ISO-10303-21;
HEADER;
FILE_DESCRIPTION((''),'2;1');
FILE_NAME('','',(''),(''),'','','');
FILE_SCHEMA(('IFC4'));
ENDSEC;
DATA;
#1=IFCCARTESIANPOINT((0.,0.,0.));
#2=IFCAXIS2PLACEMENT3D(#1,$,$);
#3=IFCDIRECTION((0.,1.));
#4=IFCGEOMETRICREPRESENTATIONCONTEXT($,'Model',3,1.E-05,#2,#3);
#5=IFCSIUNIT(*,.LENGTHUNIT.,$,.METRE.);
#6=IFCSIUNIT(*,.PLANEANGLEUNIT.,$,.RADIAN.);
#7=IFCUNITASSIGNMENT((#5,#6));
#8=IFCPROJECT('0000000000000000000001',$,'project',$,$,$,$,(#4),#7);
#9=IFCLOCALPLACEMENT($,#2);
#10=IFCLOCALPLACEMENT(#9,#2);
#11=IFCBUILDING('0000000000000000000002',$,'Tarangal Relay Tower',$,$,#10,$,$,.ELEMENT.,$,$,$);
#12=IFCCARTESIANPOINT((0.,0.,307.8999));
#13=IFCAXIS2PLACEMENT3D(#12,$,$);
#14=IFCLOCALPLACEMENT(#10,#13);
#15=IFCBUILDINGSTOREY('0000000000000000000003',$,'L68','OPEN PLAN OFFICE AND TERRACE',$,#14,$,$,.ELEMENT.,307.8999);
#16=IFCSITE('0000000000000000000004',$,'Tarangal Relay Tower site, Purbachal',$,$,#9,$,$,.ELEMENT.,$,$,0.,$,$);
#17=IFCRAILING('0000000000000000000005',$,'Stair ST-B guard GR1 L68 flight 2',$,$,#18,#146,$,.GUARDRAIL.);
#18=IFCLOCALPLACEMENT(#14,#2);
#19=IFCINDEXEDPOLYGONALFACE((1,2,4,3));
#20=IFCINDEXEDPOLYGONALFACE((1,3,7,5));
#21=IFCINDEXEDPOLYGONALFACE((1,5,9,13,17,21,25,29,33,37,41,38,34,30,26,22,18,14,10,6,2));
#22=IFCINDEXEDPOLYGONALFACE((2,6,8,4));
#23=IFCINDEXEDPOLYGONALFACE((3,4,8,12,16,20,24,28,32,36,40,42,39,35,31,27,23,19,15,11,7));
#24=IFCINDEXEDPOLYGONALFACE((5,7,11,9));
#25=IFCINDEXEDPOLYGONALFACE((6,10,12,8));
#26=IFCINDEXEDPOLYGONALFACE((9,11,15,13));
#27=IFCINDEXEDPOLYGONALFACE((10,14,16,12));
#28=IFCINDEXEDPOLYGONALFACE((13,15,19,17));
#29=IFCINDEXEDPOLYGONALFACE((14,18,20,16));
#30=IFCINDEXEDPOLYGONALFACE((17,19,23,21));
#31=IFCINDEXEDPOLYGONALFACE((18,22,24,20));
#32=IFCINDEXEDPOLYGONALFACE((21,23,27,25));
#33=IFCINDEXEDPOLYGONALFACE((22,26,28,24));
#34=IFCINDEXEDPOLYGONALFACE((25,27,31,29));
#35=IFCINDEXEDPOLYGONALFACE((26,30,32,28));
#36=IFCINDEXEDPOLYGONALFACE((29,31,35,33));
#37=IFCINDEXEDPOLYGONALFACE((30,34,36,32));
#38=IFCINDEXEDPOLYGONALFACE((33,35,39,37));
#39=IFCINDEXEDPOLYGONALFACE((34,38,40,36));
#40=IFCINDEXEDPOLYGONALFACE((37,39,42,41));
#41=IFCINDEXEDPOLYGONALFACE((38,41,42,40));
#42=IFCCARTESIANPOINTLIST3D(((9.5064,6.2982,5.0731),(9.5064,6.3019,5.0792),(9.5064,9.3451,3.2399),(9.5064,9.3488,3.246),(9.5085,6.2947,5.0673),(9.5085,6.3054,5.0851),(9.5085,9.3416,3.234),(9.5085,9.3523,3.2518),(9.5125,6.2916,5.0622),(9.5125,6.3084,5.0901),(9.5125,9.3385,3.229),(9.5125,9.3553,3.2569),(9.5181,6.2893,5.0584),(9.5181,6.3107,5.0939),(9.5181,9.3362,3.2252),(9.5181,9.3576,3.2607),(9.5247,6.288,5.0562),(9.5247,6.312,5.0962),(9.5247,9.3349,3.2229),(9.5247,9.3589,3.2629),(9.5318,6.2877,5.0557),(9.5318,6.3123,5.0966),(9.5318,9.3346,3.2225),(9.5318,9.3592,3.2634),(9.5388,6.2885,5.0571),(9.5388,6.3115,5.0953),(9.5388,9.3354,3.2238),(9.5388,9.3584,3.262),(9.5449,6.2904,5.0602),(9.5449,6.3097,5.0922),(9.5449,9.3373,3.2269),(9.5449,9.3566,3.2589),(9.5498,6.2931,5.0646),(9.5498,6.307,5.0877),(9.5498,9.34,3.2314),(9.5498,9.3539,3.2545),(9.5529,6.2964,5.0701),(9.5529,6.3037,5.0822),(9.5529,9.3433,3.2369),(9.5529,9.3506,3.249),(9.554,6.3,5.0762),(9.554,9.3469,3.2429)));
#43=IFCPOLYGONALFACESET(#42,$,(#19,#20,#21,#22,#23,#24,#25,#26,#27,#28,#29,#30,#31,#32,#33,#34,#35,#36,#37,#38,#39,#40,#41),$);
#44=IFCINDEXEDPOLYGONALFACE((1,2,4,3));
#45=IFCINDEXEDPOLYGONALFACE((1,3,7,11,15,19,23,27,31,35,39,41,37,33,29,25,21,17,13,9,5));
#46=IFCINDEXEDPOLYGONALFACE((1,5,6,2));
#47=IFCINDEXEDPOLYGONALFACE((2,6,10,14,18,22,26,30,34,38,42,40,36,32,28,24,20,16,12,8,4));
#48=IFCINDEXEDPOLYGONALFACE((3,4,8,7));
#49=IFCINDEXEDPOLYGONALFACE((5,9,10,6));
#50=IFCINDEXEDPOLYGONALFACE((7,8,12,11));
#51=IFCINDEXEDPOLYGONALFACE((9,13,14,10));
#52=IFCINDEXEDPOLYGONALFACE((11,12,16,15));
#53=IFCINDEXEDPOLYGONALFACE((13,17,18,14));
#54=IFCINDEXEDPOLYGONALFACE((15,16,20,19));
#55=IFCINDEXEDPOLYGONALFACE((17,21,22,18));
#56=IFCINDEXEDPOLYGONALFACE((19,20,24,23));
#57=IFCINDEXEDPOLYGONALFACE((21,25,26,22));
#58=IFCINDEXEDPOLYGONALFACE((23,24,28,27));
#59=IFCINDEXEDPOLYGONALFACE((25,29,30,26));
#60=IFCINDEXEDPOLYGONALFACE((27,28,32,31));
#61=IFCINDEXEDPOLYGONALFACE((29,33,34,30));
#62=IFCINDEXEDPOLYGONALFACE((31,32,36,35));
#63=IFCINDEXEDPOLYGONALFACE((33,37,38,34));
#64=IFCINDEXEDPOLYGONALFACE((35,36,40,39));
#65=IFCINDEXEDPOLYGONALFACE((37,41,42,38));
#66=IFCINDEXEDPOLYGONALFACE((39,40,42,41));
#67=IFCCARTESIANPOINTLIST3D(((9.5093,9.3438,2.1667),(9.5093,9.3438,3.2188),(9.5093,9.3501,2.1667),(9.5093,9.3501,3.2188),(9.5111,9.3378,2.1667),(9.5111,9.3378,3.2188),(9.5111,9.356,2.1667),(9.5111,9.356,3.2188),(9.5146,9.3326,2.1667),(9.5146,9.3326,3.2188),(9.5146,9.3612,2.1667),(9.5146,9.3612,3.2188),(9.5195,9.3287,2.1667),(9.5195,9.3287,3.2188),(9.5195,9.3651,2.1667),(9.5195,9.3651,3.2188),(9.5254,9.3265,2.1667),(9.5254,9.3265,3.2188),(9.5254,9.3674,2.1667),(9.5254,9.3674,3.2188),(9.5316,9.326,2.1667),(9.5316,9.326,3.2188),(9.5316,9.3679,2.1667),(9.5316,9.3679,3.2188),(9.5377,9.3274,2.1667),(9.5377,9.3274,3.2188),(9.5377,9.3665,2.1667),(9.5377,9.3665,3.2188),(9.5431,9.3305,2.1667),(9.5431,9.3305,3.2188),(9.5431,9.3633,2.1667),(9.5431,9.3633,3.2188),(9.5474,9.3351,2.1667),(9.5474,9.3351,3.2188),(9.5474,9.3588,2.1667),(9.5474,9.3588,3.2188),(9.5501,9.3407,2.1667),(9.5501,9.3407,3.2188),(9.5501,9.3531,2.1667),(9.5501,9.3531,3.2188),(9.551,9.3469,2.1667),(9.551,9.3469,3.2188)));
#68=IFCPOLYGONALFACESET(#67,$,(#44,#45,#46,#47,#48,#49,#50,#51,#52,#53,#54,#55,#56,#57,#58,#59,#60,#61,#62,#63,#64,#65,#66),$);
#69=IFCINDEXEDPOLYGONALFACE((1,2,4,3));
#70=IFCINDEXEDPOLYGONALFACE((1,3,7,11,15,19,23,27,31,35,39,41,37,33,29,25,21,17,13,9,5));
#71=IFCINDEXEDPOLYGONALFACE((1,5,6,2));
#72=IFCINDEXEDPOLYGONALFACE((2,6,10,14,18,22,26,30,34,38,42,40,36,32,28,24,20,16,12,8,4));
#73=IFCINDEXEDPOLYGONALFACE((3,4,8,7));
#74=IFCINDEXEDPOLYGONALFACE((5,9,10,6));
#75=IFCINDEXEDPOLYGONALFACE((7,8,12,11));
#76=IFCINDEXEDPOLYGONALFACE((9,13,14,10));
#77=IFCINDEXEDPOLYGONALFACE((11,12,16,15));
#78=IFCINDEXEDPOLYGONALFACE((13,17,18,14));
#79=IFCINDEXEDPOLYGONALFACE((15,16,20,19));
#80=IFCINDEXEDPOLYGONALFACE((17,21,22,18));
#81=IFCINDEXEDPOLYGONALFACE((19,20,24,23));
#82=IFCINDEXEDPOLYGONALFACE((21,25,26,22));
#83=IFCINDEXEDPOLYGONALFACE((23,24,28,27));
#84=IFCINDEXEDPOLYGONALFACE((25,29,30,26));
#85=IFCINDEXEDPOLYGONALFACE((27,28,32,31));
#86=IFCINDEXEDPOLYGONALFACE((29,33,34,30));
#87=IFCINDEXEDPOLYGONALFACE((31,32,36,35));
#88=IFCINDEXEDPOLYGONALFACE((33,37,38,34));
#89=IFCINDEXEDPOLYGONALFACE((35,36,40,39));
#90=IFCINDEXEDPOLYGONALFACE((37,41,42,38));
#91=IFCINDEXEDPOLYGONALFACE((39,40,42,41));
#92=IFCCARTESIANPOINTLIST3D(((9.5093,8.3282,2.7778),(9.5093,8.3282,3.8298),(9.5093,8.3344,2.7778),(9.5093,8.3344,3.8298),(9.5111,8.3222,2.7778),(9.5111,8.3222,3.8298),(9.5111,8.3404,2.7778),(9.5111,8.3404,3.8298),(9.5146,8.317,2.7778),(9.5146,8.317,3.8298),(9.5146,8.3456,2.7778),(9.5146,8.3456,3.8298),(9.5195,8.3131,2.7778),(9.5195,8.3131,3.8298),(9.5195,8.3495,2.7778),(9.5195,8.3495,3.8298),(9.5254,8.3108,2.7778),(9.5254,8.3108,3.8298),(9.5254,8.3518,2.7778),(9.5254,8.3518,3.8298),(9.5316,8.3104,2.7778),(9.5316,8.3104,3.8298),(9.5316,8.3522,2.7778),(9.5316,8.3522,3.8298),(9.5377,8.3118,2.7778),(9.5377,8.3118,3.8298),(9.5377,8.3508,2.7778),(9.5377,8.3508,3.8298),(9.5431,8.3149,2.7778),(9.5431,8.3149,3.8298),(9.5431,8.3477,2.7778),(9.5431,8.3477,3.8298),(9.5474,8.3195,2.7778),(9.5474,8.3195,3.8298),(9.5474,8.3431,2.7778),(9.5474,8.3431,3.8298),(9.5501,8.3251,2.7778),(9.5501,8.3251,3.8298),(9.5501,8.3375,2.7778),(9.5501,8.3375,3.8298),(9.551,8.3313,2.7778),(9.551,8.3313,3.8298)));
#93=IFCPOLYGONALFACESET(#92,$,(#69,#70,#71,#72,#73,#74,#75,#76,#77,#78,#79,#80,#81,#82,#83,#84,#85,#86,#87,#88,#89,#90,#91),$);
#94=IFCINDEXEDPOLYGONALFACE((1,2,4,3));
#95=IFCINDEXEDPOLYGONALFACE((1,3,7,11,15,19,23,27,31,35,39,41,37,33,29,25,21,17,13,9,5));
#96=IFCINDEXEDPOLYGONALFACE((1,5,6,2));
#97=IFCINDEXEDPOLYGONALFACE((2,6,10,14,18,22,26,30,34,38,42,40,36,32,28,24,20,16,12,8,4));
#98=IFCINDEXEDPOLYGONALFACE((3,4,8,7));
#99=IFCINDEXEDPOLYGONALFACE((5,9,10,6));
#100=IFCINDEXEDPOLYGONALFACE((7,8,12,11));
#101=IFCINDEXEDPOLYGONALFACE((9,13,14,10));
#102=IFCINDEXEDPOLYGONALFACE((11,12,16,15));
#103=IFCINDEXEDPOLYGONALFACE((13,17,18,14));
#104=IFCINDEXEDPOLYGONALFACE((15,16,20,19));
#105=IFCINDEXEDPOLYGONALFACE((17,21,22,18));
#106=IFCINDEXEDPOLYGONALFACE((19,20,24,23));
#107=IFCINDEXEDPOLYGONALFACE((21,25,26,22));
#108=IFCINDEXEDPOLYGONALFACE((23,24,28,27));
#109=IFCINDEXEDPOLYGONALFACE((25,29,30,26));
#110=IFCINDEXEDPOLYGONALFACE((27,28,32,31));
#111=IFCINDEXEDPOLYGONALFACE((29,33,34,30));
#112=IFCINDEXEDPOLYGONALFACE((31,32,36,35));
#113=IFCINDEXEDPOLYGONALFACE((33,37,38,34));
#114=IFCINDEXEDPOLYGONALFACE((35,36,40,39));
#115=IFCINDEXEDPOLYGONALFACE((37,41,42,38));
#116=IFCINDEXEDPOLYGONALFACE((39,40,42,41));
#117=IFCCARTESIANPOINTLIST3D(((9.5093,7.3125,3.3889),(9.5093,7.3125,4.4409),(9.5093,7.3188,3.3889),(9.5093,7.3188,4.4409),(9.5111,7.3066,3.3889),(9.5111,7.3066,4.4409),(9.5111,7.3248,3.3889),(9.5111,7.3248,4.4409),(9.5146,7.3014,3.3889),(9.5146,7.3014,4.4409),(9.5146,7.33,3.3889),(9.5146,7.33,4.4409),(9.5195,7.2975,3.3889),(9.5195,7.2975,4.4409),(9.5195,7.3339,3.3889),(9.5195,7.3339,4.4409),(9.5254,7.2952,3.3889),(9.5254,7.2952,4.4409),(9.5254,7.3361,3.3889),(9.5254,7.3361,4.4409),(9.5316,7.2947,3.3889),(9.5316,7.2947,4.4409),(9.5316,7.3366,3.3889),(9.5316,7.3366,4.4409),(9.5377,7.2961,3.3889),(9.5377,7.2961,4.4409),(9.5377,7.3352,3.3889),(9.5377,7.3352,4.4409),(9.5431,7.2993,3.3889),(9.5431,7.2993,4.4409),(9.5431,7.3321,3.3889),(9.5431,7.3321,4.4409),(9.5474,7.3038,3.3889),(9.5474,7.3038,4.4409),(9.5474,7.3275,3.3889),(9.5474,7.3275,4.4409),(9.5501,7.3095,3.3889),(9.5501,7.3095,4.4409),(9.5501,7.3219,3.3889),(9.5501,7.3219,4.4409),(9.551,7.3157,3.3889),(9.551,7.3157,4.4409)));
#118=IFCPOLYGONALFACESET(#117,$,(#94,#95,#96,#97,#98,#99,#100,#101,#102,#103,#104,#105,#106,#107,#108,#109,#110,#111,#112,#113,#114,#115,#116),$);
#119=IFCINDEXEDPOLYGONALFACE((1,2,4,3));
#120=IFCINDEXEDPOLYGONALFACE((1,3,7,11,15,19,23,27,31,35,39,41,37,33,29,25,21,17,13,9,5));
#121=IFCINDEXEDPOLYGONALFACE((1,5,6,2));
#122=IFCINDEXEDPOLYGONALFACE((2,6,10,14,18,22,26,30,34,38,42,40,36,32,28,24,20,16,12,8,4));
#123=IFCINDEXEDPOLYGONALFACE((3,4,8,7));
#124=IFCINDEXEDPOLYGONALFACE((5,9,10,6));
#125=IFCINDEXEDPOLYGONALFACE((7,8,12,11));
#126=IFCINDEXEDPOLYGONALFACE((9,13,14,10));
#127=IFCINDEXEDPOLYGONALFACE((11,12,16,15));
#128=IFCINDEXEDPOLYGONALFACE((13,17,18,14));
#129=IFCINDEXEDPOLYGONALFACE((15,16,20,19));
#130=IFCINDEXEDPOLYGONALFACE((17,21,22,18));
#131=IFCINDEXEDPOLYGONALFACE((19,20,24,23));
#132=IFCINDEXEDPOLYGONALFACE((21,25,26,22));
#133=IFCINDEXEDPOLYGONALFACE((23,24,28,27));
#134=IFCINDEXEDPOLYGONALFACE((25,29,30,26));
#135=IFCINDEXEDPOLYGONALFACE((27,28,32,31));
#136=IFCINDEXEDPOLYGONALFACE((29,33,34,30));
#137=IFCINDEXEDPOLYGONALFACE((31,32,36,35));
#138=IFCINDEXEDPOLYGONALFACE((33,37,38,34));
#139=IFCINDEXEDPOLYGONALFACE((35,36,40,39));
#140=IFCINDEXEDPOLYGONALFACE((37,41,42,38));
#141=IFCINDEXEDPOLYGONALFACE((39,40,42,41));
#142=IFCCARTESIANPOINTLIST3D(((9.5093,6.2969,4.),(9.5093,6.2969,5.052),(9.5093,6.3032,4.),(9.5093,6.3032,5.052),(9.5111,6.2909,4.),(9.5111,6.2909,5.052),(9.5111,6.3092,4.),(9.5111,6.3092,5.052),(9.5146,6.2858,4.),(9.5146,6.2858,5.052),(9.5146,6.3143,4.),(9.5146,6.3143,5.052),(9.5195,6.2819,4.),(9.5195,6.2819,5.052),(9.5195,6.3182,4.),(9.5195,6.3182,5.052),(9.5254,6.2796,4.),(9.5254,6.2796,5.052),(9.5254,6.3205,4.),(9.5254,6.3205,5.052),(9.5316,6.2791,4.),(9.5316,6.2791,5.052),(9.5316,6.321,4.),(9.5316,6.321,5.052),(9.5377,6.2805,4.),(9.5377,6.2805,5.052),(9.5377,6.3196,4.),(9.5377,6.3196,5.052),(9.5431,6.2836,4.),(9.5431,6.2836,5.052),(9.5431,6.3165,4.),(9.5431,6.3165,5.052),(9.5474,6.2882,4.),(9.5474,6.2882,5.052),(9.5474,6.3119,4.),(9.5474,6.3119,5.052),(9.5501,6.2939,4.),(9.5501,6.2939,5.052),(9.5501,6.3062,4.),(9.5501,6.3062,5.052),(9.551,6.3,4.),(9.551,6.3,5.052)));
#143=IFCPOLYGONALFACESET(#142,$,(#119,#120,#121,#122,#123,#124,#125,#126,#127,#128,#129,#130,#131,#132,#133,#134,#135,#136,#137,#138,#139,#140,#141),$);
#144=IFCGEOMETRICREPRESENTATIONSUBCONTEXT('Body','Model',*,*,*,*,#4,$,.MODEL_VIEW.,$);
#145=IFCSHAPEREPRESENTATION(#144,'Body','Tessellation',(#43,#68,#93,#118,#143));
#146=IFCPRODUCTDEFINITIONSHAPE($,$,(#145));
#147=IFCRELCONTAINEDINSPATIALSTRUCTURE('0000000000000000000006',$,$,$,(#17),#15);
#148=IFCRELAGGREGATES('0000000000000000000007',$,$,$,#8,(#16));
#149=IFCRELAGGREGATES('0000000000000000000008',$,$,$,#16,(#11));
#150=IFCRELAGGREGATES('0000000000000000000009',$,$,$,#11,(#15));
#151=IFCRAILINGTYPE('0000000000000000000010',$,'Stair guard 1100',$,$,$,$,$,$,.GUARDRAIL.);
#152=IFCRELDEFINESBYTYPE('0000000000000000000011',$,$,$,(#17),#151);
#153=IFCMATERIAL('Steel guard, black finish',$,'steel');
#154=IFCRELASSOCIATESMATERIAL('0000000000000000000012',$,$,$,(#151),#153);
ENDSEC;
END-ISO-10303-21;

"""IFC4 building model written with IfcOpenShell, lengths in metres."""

from ifc_helpers import new_model, si_unit, direction, frame, origin, origin_2d, place, context, subcontext, project, spatial, circle, extrude, material, type_object, element, save


model = new_model("IFC4")

# Units and contexts
model_context = context("Model", 3, precision=1e-05, world=origin(), true_north=direction((0.0, 1.0)))
body_context = subcontext(model_context, "Body", "Model", "MODEL_VIEW")
ifc_project = project(units=[si_unit("LENGTHUNIT", "METRE"), si_unit("PLANEANGLEUNIT", "RADIAN")], contexts=[model_context])

# Site, building, storey
site_placement = place(None, origin())
site = spatial("IfcSite", under=ifc_project, at=site_placement, Name="Tarangal Relay Tower site, Purbachal", CompositionType="ELEMENT", RefElevation=0.0)
building_placement = place(site_placement, origin())
building = spatial("IfcBuilding", under=site, at=building_placement, Name="Tarangal Relay Tower", CompositionType="ELEMENT")
storey_placement = place(building_placement, frame((0.0, 0.0, 307.8999)))
storey = spatial("IfcBuildingStorey", under=building, at=storey_placement, Name="L68", Description="OPEN PLAN OFFICE AND TERRACE", CompositionType="ELEMENT", Elevation=307.8999)

# Railing
ifc_material_1 = material(Name="Steel guard, black finish", Category="steel")
railing_type_1 = type_object("IfcRailingType", Name="Stair guard 1100", PredefinedType="GUARDRAIL", material=ifc_material_1)
railing_1_placement = place(storey_placement, frame((9.53, 9.3469, 2.1667)))
element("IfcRailing", 1, at=railing_1_placement, inside=storey, type_object=railing_type_1, Name="Stair ST-B guard GR1 L68 flight 2", PredefinedType="GUARDRAIL", context=body_context, shape_type="SweptSolid", body=[
    extrude(circle(Radius=0.0239, at=origin_2d()), frame((0.0, 0.0, 1.0762), z_axis=(0.0, -0.856856, 0.515556), x_axis=(1.0, 0.0, 0.0)), (0.0, 0.0, 1.0), 3.5559),
    extrude(circle(Radius=0.021, at=origin_2d()), origin(), (0.0, 0.0, 1.0), 1.052),
    extrude(circle(Radius=0.021, at=origin_2d()), frame((0.0, -1.0156, 0.6111)), (0.0, 0.0, 1.0), 1.052),
    extrude(circle(Radius=0.021, at=origin_2d()), frame((0.0, -2.0312, 1.2222)), (0.0, 0.0, 1.0), 1.052),
    extrude(circle(Radius=0.021, at=origin_2d()), frame((0.0, -3.0469, 1.8333)), (0.0, 0.0, 1.0), 1.052),
])

save(model, "model.ifc")
